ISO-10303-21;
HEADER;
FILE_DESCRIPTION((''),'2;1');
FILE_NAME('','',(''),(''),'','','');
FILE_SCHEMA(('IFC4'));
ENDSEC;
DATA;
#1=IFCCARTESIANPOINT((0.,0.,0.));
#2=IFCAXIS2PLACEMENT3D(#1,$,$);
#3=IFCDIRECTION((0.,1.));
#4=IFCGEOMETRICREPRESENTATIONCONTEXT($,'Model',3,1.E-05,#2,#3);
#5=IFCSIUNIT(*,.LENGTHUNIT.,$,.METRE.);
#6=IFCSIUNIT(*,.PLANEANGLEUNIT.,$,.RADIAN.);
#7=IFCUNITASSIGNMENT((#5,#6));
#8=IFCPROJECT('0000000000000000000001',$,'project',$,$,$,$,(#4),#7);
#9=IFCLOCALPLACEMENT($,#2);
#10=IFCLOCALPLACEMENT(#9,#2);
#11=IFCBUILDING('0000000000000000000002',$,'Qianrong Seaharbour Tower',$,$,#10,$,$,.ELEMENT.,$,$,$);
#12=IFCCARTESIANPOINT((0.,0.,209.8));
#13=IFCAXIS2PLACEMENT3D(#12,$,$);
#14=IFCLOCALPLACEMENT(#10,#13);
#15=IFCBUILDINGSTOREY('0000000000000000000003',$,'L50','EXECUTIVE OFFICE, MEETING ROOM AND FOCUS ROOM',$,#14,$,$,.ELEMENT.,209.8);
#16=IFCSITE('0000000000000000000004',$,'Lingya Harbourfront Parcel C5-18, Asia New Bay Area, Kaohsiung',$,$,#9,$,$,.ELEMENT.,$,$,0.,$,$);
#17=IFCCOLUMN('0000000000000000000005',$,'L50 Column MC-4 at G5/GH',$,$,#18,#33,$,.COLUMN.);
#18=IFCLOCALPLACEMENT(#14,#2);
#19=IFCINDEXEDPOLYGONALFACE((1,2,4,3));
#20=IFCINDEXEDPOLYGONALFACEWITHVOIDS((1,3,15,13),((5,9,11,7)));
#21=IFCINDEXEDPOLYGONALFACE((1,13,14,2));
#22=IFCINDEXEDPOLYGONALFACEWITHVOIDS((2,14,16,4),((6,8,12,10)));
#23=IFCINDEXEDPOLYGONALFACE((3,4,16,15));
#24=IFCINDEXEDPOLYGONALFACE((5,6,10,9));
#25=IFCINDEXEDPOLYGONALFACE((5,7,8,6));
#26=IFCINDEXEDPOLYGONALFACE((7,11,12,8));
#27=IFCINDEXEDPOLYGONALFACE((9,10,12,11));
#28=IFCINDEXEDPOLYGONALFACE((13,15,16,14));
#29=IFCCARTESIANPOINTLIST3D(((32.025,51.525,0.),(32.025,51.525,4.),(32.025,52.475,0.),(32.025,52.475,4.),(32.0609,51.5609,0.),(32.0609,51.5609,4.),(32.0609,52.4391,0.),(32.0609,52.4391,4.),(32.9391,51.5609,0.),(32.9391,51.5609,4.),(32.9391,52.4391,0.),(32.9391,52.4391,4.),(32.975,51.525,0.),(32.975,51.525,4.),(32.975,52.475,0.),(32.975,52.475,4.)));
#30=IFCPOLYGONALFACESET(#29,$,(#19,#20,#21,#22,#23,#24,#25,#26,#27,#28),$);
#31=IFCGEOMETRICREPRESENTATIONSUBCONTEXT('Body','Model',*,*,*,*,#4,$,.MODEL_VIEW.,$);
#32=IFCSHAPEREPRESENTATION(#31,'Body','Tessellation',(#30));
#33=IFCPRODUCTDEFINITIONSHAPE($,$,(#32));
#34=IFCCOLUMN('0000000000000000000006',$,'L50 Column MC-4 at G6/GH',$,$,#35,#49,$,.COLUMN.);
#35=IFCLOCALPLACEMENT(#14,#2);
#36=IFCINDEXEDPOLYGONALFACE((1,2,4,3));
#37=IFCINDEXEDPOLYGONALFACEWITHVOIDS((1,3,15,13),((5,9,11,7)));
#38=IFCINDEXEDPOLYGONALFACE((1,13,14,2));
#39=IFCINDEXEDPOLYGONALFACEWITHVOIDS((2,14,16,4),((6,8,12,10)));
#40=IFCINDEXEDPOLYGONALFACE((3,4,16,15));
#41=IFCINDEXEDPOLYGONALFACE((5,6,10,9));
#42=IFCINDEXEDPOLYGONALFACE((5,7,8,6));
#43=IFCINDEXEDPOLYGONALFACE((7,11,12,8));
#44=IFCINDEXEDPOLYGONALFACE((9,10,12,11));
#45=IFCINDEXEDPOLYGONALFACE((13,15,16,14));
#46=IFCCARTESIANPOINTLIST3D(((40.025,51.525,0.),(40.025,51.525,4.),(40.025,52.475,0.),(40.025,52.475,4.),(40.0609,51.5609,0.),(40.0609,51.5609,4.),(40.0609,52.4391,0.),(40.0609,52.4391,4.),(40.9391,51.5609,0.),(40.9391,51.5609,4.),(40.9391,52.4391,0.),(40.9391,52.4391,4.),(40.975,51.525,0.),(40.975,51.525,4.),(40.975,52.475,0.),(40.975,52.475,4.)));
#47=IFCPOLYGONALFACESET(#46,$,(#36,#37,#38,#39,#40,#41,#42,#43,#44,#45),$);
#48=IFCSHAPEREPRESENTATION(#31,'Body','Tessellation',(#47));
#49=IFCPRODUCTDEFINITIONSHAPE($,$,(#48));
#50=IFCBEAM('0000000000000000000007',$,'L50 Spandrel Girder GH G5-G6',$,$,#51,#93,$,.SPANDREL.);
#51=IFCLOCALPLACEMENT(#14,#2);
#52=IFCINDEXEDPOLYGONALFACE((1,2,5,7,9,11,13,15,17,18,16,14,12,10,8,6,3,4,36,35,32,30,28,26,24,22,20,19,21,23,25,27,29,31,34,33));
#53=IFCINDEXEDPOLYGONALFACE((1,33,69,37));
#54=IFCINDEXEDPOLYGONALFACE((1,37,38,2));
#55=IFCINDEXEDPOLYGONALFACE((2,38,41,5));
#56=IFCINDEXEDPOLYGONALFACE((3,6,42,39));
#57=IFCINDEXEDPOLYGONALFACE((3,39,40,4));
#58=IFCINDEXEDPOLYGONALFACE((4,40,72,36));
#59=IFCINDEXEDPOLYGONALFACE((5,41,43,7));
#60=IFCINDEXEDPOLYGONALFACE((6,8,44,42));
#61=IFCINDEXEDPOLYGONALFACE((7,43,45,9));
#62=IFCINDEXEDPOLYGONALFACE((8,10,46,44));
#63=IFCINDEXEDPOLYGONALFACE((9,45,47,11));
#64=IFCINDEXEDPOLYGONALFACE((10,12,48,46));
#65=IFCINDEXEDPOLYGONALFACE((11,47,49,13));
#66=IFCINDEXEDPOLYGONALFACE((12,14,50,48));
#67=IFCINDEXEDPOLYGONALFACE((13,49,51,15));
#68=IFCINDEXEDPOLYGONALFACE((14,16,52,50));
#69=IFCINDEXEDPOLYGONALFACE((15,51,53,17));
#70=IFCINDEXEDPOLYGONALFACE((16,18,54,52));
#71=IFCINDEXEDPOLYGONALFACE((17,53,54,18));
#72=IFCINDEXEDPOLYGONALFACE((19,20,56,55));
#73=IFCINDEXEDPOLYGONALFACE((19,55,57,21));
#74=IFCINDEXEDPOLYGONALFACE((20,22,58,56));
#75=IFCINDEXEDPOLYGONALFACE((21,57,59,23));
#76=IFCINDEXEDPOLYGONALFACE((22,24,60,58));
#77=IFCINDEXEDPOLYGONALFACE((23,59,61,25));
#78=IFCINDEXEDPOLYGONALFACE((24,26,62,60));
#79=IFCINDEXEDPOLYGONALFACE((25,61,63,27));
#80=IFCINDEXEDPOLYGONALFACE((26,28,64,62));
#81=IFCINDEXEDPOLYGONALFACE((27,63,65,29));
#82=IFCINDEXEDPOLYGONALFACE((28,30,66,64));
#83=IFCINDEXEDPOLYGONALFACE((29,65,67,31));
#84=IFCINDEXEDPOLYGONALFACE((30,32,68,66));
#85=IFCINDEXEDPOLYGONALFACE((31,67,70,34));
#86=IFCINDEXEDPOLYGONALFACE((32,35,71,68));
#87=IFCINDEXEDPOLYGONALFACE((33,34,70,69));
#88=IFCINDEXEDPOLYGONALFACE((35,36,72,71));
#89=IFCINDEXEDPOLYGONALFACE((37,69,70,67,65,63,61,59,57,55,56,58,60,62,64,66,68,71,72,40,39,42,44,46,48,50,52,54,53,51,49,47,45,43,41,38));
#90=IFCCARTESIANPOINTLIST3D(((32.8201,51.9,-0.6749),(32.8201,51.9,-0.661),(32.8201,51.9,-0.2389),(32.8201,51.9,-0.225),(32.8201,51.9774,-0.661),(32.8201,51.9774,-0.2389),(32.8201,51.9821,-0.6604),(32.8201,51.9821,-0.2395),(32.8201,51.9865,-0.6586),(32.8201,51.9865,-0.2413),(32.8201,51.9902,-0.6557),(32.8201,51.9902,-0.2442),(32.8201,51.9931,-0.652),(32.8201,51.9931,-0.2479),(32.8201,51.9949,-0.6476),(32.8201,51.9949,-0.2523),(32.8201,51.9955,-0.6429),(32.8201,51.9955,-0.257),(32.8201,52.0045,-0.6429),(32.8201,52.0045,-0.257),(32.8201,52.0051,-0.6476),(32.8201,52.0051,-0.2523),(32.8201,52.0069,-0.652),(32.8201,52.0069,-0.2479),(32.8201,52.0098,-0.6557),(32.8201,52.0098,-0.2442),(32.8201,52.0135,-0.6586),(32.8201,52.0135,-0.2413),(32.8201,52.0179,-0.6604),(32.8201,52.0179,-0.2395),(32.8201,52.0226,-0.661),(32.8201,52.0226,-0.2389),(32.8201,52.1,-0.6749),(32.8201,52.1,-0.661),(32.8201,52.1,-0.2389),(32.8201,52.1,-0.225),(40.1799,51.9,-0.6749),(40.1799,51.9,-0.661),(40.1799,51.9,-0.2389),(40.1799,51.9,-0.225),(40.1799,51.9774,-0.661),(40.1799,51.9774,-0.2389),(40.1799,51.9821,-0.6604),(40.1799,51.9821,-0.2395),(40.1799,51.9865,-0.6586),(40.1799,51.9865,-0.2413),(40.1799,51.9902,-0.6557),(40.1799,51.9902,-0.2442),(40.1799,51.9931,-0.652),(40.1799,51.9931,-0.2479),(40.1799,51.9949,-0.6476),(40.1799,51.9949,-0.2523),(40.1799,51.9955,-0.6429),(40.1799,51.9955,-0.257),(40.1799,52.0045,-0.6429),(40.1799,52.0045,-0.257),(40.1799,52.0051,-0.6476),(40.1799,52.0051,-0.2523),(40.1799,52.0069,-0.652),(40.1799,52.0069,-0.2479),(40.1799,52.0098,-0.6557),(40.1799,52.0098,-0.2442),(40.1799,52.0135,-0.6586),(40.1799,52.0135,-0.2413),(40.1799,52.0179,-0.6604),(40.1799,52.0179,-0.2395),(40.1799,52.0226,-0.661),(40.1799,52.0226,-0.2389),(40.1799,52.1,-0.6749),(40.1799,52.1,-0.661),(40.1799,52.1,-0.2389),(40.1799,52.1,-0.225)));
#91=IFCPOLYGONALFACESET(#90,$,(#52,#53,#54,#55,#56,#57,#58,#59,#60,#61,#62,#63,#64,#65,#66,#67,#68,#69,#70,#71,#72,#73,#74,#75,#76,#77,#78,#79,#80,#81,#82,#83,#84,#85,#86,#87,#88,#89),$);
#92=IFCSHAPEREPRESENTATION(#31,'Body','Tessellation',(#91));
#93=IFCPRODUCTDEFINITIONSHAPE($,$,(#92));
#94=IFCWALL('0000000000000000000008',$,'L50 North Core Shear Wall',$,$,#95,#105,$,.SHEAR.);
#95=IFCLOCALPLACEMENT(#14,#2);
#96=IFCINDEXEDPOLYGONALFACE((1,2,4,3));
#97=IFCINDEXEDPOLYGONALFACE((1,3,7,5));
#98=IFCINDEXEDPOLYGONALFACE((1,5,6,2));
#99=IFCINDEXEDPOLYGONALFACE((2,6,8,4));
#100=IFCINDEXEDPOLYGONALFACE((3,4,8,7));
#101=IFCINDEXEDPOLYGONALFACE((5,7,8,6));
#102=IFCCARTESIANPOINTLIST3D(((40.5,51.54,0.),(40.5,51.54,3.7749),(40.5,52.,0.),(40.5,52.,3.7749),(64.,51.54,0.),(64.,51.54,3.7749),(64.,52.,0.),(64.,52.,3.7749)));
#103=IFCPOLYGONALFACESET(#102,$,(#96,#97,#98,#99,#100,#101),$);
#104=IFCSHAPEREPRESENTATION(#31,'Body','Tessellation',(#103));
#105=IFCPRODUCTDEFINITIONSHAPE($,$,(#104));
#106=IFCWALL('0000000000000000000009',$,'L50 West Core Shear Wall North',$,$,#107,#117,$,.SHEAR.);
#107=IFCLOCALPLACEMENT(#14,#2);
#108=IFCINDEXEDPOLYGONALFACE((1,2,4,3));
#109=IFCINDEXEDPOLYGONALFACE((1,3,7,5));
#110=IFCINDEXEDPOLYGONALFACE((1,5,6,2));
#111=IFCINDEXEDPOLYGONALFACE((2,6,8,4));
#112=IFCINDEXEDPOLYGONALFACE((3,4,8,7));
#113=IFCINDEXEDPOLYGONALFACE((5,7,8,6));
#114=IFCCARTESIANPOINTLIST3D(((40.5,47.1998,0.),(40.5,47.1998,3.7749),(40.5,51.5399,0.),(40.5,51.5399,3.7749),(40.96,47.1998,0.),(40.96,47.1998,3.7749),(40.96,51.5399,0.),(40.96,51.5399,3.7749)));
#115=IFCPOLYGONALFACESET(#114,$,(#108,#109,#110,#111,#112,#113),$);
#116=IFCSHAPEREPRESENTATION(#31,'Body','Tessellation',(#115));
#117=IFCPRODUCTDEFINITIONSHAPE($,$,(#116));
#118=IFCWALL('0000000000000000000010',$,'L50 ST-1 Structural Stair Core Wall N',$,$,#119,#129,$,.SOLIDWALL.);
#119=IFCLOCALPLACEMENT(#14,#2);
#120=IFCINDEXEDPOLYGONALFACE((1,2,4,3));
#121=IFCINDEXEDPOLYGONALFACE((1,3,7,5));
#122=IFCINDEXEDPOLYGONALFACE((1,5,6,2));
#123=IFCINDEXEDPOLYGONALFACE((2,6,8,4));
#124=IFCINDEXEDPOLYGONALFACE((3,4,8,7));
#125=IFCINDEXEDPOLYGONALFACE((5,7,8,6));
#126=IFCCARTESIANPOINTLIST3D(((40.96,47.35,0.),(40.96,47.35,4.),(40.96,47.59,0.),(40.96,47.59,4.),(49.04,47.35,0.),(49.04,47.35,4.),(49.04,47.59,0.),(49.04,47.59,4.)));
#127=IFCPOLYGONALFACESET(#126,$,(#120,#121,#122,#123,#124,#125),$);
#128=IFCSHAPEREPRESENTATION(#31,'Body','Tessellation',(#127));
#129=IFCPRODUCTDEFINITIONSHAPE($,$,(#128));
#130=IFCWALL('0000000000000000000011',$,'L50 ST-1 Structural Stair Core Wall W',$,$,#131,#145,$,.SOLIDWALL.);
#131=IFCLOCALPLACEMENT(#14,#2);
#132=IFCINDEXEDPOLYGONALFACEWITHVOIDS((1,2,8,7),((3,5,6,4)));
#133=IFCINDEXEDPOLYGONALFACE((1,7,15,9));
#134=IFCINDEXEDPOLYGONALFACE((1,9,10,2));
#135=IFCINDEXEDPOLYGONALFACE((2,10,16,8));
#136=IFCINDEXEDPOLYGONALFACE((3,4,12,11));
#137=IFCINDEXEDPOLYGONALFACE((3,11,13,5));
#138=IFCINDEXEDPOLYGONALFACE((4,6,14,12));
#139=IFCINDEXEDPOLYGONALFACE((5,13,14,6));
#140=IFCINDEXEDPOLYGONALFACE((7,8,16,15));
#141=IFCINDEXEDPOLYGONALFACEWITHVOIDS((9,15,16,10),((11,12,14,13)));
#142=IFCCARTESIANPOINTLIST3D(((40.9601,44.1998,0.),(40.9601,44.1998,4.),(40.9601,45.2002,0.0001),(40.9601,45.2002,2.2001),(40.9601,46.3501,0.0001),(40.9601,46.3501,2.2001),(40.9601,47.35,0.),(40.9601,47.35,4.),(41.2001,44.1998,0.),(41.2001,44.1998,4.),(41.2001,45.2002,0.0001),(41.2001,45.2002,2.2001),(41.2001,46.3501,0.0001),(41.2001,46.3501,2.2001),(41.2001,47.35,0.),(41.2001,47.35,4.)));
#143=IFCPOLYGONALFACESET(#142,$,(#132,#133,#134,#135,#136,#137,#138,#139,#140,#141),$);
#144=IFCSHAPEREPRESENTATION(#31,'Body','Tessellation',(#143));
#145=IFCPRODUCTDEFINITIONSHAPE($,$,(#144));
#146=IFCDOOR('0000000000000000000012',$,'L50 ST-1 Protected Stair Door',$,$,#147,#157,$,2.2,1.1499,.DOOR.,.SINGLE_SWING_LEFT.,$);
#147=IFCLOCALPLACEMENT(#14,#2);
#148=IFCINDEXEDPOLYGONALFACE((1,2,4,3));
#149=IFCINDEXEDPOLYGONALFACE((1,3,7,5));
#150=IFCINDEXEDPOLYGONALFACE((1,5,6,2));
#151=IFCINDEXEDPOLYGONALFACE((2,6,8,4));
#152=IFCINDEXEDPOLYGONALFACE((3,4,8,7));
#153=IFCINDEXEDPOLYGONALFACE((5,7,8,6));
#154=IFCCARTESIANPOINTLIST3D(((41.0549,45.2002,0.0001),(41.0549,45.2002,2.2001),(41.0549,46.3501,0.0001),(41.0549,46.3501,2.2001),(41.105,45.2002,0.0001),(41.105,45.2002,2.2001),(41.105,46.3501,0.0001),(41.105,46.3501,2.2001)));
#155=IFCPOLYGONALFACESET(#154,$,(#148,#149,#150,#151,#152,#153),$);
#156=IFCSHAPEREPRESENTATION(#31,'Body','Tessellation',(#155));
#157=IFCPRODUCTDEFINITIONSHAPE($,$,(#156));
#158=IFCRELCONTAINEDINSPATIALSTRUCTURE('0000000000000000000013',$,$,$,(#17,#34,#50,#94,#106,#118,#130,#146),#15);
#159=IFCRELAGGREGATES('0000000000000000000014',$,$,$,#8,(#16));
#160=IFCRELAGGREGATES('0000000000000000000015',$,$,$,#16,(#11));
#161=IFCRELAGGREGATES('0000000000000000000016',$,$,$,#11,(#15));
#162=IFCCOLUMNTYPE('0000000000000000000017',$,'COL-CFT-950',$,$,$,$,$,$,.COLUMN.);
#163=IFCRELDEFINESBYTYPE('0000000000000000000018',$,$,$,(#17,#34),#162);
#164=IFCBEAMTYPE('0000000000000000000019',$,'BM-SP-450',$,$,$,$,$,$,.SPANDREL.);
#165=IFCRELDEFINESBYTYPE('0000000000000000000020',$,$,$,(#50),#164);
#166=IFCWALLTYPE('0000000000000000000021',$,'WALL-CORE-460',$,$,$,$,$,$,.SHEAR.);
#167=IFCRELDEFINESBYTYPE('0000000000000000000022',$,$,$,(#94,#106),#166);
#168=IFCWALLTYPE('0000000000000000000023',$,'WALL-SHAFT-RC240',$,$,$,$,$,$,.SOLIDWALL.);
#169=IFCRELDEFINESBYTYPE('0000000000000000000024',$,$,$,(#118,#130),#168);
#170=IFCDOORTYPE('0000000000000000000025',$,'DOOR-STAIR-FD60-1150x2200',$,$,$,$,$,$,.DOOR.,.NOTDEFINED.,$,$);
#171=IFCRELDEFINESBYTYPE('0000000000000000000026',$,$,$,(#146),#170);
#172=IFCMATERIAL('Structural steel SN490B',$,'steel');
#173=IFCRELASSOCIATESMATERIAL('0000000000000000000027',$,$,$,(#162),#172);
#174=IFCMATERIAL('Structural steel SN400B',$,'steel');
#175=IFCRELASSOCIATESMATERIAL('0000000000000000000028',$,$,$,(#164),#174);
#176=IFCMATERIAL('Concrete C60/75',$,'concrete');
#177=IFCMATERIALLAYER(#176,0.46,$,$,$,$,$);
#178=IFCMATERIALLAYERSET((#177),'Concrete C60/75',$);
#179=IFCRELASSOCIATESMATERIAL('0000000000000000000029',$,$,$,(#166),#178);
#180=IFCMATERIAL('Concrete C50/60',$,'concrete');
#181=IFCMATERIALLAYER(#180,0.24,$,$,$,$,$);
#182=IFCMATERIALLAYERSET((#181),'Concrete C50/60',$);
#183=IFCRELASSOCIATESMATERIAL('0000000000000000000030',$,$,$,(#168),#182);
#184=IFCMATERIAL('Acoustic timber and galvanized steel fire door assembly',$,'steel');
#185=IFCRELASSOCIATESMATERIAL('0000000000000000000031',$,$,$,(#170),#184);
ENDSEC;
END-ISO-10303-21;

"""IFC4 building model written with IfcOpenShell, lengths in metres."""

from ifc_helpers import new_model, si_unit, direction, frame, frame_2d, origin, origin_2d, place, context, subcontext, project, spatial, rectangle, hollow_rectangle, i_section, extrude, material, layer, layer_set, material_profile, profile_set, type_object, element, fill, save


model = new_model("IFC4")

# Units and contexts
model_context = context("Model", 3, precision=1e-05, world=origin(), true_north=direction((0.0, 1.0)))
body_context = subcontext(model_context, "Body", "Model", "MODEL_VIEW")
ifc_project = project(units=[si_unit("LENGTHUNIT", "METRE"), si_unit("PLANEANGLEUNIT", "RADIAN")], contexts=[model_context])

# Site, building, storey
site_placement = place(None, origin())
site = spatial("IfcSite", under=ifc_project, at=site_placement, Name="Lingya Harbourfront Parcel C5-18, Asia New Bay Area, Kaohsiung", CompositionType="ELEMENT", RefElevation=0.0)
building_placement = place(site_placement, origin())
building = spatial("IfcBuilding", under=site, at=building_placement, Name="Qianrong Seaharbour Tower", CompositionType="ELEMENT")
storey_placement = place(building_placement, frame((0.0, 0.0, 209.8)))
storey = spatial("IfcBuildingStorey", under=building, at=storey_placement, Name="L50", Description="EXECUTIVE OFFICE, MEETING ROOM AND FOCUS ROOM", CompositionType="ELEMENT", Elevation=209.8)

# Columns
ifc_material_1 = material(Name="Structural steel SN490B", Category="steel")
ifc_material_profile_1 = material_profile(ifc_material_1, hollow_rectangle(XDim=0.95, YDim=0.95, WallThickness=0.0359, at=origin_2d()), Name="BOX950x950x36")
ifc_profile_set_1 = profile_set([ifc_material_profile_1], Name="Structural steel SN490B")
column_type = type_object("IfcColumnType", Name="COL-CFT-950", PredefinedType="COLUMN", material=ifc_profile_set_1)
for number, where, z_axis, x_axis, name in (
    (1, (32.5, 52.0, 0.0), (0.0, 0.0, 1.0), (1.0, 0.0, 0.0), "L50 Column MC-4 at G5/GH"),
    (2, (40.5, 52.0, 0.0), (0.0, 0.0, 1.0), (1.0, 0.0, 0.0), "L50 Column MC-4 at G6/GH"),
):
    element("IfcColumn", number, at=place(storey_placement, frame(where, z_axis=z_axis, x_axis=x_axis)), inside=storey, type_object=column_type, Name=name, PredefinedType="COLUMN", context=body_context, shape_type="SweptSolid", body=[
        extrude(hollow_rectangle(XDim=0.95, YDim=0.95, WallThickness=0.0359, at=origin_2d()), origin(), (0.0, 0.0, 1.0), 4.0),
    ])

# Beam
ifc_material_2 = material(Name="Structural steel SN400B", Category="steel")
ifc_material_profile_2 = material_profile(ifc_material_2, i_section(OverallWidth=0.2, OverallDepth=0.45, WebThickness=0.009, FlangeThickness=0.0139, FilletRadius=0.0181, at=origin_2d()), Name="H450x200x9x14")
ifc_profile_set_2 = profile_set([ifc_material_profile_2], Name="Structural steel SN400B")
beam_type = type_object("IfcBeamType", Name="BM-SP-450", PredefinedType="SPANDREL", material=ifc_profile_set_2)
beam_placement = place(storey_placement, frame((32.8201, 52.0, -0.45), z_axis=(1.0, 0.0, 0.0), x_axis=(0.0, 1.0, 0.0)))
element("IfcBeam", 3, at=beam_placement, inside=storey, type_object=beam_type, Name="L50 Spandrel Girder GH G5-G6", PredefinedType="SPANDREL", context=body_context, shape_type="SweptSolid", body=[
    extrude(i_section(OverallWidth=0.2, OverallDepth=0.45, WebThickness=0.009, FlangeThickness=0.0139, FilletRadius=0.0181, at=origin_2d()), origin(), (0.0, 0.0, 1.0), 7.3599),
])

# Walls
ifc_material_3 = material(Name="Concrete C60/75", Category="concrete")
ifc_layer_1 = layer(ifc_material_3, 0.46)
ifc_layer_set_1 = layer_set([ifc_layer_1], Name="Concrete C60/75")
wall_type_1 = type_object("IfcWallType", Name="WALL-CORE-460", PredefinedType="SHEAR", material=ifc_layer_set_1)
wall_1_placement = place(storey_placement, frame((40.5, 51.77, 0.0), z_axis=(0.0, 0.0, 1.0), x_axis=(1.0, 0.0, 0.0)))
element("IfcWall", 4, at=wall_1_placement, inside=storey, type_object=wall_type_1, Name="L50 North Core Shear Wall", PredefinedType="SHEAR", context=body_context, shape_type="SweptSolid", body=[
    extrude(rectangle(XDim=23.5, YDim=0.46, at=frame_2d((11.75, 0.0))), origin(), (0.0, 0.0, 1.0), 3.7749),
])
wall_2_placement = place(storey_placement, frame((40.73, 47.2, 0.0), z_axis=(0.0, 0.0, 1.0), x_axis=(0.0, 1.0, 0.0)))
element("IfcWall", 5, at=wall_2_placement, inside=storey, type_object=wall_type_1, Name="L50 West Core Shear Wall North", PredefinedType="SHEAR", context=body_context, shape_type="SweptSolid", body=[
    extrude(rectangle(XDim=4.3401, YDim=0.46, at=frame_2d((2.1699, 0.0))), origin(), (0.0, 0.0, 1.0), 3.7749),
])

# Shared definitions
ifc_material_4 = material(Name="Acoustic timber and galvanized steel fire door assembly", Category="steel")

# Wall
ifc_material_5 = material(Name="Concrete C50/60", Category="concrete")
ifc_layer_2 = layer(ifc_material_5, 0.24)
ifc_layer_set_2 = layer_set([ifc_layer_2], Name="Concrete C50/60")
wall_type_2 = type_object("IfcWallType", Name="WALL-SHAFT-RC240", PredefinedType="SOLIDWALL", material=ifc_layer_set_2)
wall_3_placement = place(storey_placement, frame((40.96, 47.47, 0.0), z_axis=(0.0, 0.0, 1.0), x_axis=(1.0, 0.0, 0.0)))
element("IfcWall", 6, at=wall_3_placement, inside=storey, type_object=wall_type_2, Name="L50 ST-1 Structural Stair Core Wall N", PredefinedType="SOLIDWALL", context=body_context, shape_type="SweptSolid", body=[
    extrude(rectangle(XDim=8.0801, YDim=0.24, at=frame_2d((4.04, 0.0))), origin(), (0.0, 0.0, 1.0), 4.0),
])

# Wall, opening, door
wall_4_placement = place(storey_placement, frame((41.0801, 47.3501, 0.0), z_axis=(0.0, 0.0, 1.0), x_axis=(0.0, -1.0, 0.0)))
wall_4 = element("IfcWall", 7, at=wall_4_placement, inside=storey, type_object=wall_type_2, Name="L50 ST-1 Structural Stair Core Wall W", PredefinedType="SOLIDWALL", context=body_context, shape_type="SweptSolid", body=[
    extrude(rectangle(XDim=3.1501, YDim=0.24, at=frame_2d((1.5752, 0.0))), origin(), (0.0, 0.0, 1.0), 4.0),
])
opening_1_placement = place(wall_4_placement, frame((1.0, 0.0, 0.0)))
opening_1 = element("IfcOpeningElement", 8, at=opening_1_placement, cuts=wall_4, PredefinedType="OPENING", context=body_context, shape_type="SweptSolid", body=[
    extrude(rectangle(XDim=1.1499, YDim=2.2, at=frame_2d((0.575, 1.1001))), frame((0.0, 0.1299, 0.0), z_axis=(0.0, -1.0, 0.0), x_axis=(1.0, 0.0, 0.0)), (0.0, 0.0, 1.0), 0.26),
])
door_type_1 = type_object("IfcDoorType", Name="DOOR-STAIR-FD60-1150x2200", OperationType="NOTDEFINED", PredefinedType="DOOR", material=ifc_material_4)
door_1_placement = place(opening_1_placement, origin())
door_1 = element("IfcDoor", 9, at=door_1_placement, inside=storey, type_object=door_type_1, Name="L50 ST-1 Protected Stair Door", OperationType="SINGLE_SWING_LEFT", OverallHeight=2.2, OverallWidth=1.1499, PredefinedType="DOOR", context=body_context, shape_type="SweptSolid", body=[
    extrude(rectangle(XDim=1.1499, YDim=2.2, at=frame_2d((0.575, 1.1001))), frame((0.0, 0.0249, 0.0), z_axis=(0.0, -1.0, 0.0), x_axis=(1.0, 0.0, 0.0)), (0.0, 0.0, 1.0), 0.05),
])
fill(opening_1, door_1)

save(model, "model.ifc")
